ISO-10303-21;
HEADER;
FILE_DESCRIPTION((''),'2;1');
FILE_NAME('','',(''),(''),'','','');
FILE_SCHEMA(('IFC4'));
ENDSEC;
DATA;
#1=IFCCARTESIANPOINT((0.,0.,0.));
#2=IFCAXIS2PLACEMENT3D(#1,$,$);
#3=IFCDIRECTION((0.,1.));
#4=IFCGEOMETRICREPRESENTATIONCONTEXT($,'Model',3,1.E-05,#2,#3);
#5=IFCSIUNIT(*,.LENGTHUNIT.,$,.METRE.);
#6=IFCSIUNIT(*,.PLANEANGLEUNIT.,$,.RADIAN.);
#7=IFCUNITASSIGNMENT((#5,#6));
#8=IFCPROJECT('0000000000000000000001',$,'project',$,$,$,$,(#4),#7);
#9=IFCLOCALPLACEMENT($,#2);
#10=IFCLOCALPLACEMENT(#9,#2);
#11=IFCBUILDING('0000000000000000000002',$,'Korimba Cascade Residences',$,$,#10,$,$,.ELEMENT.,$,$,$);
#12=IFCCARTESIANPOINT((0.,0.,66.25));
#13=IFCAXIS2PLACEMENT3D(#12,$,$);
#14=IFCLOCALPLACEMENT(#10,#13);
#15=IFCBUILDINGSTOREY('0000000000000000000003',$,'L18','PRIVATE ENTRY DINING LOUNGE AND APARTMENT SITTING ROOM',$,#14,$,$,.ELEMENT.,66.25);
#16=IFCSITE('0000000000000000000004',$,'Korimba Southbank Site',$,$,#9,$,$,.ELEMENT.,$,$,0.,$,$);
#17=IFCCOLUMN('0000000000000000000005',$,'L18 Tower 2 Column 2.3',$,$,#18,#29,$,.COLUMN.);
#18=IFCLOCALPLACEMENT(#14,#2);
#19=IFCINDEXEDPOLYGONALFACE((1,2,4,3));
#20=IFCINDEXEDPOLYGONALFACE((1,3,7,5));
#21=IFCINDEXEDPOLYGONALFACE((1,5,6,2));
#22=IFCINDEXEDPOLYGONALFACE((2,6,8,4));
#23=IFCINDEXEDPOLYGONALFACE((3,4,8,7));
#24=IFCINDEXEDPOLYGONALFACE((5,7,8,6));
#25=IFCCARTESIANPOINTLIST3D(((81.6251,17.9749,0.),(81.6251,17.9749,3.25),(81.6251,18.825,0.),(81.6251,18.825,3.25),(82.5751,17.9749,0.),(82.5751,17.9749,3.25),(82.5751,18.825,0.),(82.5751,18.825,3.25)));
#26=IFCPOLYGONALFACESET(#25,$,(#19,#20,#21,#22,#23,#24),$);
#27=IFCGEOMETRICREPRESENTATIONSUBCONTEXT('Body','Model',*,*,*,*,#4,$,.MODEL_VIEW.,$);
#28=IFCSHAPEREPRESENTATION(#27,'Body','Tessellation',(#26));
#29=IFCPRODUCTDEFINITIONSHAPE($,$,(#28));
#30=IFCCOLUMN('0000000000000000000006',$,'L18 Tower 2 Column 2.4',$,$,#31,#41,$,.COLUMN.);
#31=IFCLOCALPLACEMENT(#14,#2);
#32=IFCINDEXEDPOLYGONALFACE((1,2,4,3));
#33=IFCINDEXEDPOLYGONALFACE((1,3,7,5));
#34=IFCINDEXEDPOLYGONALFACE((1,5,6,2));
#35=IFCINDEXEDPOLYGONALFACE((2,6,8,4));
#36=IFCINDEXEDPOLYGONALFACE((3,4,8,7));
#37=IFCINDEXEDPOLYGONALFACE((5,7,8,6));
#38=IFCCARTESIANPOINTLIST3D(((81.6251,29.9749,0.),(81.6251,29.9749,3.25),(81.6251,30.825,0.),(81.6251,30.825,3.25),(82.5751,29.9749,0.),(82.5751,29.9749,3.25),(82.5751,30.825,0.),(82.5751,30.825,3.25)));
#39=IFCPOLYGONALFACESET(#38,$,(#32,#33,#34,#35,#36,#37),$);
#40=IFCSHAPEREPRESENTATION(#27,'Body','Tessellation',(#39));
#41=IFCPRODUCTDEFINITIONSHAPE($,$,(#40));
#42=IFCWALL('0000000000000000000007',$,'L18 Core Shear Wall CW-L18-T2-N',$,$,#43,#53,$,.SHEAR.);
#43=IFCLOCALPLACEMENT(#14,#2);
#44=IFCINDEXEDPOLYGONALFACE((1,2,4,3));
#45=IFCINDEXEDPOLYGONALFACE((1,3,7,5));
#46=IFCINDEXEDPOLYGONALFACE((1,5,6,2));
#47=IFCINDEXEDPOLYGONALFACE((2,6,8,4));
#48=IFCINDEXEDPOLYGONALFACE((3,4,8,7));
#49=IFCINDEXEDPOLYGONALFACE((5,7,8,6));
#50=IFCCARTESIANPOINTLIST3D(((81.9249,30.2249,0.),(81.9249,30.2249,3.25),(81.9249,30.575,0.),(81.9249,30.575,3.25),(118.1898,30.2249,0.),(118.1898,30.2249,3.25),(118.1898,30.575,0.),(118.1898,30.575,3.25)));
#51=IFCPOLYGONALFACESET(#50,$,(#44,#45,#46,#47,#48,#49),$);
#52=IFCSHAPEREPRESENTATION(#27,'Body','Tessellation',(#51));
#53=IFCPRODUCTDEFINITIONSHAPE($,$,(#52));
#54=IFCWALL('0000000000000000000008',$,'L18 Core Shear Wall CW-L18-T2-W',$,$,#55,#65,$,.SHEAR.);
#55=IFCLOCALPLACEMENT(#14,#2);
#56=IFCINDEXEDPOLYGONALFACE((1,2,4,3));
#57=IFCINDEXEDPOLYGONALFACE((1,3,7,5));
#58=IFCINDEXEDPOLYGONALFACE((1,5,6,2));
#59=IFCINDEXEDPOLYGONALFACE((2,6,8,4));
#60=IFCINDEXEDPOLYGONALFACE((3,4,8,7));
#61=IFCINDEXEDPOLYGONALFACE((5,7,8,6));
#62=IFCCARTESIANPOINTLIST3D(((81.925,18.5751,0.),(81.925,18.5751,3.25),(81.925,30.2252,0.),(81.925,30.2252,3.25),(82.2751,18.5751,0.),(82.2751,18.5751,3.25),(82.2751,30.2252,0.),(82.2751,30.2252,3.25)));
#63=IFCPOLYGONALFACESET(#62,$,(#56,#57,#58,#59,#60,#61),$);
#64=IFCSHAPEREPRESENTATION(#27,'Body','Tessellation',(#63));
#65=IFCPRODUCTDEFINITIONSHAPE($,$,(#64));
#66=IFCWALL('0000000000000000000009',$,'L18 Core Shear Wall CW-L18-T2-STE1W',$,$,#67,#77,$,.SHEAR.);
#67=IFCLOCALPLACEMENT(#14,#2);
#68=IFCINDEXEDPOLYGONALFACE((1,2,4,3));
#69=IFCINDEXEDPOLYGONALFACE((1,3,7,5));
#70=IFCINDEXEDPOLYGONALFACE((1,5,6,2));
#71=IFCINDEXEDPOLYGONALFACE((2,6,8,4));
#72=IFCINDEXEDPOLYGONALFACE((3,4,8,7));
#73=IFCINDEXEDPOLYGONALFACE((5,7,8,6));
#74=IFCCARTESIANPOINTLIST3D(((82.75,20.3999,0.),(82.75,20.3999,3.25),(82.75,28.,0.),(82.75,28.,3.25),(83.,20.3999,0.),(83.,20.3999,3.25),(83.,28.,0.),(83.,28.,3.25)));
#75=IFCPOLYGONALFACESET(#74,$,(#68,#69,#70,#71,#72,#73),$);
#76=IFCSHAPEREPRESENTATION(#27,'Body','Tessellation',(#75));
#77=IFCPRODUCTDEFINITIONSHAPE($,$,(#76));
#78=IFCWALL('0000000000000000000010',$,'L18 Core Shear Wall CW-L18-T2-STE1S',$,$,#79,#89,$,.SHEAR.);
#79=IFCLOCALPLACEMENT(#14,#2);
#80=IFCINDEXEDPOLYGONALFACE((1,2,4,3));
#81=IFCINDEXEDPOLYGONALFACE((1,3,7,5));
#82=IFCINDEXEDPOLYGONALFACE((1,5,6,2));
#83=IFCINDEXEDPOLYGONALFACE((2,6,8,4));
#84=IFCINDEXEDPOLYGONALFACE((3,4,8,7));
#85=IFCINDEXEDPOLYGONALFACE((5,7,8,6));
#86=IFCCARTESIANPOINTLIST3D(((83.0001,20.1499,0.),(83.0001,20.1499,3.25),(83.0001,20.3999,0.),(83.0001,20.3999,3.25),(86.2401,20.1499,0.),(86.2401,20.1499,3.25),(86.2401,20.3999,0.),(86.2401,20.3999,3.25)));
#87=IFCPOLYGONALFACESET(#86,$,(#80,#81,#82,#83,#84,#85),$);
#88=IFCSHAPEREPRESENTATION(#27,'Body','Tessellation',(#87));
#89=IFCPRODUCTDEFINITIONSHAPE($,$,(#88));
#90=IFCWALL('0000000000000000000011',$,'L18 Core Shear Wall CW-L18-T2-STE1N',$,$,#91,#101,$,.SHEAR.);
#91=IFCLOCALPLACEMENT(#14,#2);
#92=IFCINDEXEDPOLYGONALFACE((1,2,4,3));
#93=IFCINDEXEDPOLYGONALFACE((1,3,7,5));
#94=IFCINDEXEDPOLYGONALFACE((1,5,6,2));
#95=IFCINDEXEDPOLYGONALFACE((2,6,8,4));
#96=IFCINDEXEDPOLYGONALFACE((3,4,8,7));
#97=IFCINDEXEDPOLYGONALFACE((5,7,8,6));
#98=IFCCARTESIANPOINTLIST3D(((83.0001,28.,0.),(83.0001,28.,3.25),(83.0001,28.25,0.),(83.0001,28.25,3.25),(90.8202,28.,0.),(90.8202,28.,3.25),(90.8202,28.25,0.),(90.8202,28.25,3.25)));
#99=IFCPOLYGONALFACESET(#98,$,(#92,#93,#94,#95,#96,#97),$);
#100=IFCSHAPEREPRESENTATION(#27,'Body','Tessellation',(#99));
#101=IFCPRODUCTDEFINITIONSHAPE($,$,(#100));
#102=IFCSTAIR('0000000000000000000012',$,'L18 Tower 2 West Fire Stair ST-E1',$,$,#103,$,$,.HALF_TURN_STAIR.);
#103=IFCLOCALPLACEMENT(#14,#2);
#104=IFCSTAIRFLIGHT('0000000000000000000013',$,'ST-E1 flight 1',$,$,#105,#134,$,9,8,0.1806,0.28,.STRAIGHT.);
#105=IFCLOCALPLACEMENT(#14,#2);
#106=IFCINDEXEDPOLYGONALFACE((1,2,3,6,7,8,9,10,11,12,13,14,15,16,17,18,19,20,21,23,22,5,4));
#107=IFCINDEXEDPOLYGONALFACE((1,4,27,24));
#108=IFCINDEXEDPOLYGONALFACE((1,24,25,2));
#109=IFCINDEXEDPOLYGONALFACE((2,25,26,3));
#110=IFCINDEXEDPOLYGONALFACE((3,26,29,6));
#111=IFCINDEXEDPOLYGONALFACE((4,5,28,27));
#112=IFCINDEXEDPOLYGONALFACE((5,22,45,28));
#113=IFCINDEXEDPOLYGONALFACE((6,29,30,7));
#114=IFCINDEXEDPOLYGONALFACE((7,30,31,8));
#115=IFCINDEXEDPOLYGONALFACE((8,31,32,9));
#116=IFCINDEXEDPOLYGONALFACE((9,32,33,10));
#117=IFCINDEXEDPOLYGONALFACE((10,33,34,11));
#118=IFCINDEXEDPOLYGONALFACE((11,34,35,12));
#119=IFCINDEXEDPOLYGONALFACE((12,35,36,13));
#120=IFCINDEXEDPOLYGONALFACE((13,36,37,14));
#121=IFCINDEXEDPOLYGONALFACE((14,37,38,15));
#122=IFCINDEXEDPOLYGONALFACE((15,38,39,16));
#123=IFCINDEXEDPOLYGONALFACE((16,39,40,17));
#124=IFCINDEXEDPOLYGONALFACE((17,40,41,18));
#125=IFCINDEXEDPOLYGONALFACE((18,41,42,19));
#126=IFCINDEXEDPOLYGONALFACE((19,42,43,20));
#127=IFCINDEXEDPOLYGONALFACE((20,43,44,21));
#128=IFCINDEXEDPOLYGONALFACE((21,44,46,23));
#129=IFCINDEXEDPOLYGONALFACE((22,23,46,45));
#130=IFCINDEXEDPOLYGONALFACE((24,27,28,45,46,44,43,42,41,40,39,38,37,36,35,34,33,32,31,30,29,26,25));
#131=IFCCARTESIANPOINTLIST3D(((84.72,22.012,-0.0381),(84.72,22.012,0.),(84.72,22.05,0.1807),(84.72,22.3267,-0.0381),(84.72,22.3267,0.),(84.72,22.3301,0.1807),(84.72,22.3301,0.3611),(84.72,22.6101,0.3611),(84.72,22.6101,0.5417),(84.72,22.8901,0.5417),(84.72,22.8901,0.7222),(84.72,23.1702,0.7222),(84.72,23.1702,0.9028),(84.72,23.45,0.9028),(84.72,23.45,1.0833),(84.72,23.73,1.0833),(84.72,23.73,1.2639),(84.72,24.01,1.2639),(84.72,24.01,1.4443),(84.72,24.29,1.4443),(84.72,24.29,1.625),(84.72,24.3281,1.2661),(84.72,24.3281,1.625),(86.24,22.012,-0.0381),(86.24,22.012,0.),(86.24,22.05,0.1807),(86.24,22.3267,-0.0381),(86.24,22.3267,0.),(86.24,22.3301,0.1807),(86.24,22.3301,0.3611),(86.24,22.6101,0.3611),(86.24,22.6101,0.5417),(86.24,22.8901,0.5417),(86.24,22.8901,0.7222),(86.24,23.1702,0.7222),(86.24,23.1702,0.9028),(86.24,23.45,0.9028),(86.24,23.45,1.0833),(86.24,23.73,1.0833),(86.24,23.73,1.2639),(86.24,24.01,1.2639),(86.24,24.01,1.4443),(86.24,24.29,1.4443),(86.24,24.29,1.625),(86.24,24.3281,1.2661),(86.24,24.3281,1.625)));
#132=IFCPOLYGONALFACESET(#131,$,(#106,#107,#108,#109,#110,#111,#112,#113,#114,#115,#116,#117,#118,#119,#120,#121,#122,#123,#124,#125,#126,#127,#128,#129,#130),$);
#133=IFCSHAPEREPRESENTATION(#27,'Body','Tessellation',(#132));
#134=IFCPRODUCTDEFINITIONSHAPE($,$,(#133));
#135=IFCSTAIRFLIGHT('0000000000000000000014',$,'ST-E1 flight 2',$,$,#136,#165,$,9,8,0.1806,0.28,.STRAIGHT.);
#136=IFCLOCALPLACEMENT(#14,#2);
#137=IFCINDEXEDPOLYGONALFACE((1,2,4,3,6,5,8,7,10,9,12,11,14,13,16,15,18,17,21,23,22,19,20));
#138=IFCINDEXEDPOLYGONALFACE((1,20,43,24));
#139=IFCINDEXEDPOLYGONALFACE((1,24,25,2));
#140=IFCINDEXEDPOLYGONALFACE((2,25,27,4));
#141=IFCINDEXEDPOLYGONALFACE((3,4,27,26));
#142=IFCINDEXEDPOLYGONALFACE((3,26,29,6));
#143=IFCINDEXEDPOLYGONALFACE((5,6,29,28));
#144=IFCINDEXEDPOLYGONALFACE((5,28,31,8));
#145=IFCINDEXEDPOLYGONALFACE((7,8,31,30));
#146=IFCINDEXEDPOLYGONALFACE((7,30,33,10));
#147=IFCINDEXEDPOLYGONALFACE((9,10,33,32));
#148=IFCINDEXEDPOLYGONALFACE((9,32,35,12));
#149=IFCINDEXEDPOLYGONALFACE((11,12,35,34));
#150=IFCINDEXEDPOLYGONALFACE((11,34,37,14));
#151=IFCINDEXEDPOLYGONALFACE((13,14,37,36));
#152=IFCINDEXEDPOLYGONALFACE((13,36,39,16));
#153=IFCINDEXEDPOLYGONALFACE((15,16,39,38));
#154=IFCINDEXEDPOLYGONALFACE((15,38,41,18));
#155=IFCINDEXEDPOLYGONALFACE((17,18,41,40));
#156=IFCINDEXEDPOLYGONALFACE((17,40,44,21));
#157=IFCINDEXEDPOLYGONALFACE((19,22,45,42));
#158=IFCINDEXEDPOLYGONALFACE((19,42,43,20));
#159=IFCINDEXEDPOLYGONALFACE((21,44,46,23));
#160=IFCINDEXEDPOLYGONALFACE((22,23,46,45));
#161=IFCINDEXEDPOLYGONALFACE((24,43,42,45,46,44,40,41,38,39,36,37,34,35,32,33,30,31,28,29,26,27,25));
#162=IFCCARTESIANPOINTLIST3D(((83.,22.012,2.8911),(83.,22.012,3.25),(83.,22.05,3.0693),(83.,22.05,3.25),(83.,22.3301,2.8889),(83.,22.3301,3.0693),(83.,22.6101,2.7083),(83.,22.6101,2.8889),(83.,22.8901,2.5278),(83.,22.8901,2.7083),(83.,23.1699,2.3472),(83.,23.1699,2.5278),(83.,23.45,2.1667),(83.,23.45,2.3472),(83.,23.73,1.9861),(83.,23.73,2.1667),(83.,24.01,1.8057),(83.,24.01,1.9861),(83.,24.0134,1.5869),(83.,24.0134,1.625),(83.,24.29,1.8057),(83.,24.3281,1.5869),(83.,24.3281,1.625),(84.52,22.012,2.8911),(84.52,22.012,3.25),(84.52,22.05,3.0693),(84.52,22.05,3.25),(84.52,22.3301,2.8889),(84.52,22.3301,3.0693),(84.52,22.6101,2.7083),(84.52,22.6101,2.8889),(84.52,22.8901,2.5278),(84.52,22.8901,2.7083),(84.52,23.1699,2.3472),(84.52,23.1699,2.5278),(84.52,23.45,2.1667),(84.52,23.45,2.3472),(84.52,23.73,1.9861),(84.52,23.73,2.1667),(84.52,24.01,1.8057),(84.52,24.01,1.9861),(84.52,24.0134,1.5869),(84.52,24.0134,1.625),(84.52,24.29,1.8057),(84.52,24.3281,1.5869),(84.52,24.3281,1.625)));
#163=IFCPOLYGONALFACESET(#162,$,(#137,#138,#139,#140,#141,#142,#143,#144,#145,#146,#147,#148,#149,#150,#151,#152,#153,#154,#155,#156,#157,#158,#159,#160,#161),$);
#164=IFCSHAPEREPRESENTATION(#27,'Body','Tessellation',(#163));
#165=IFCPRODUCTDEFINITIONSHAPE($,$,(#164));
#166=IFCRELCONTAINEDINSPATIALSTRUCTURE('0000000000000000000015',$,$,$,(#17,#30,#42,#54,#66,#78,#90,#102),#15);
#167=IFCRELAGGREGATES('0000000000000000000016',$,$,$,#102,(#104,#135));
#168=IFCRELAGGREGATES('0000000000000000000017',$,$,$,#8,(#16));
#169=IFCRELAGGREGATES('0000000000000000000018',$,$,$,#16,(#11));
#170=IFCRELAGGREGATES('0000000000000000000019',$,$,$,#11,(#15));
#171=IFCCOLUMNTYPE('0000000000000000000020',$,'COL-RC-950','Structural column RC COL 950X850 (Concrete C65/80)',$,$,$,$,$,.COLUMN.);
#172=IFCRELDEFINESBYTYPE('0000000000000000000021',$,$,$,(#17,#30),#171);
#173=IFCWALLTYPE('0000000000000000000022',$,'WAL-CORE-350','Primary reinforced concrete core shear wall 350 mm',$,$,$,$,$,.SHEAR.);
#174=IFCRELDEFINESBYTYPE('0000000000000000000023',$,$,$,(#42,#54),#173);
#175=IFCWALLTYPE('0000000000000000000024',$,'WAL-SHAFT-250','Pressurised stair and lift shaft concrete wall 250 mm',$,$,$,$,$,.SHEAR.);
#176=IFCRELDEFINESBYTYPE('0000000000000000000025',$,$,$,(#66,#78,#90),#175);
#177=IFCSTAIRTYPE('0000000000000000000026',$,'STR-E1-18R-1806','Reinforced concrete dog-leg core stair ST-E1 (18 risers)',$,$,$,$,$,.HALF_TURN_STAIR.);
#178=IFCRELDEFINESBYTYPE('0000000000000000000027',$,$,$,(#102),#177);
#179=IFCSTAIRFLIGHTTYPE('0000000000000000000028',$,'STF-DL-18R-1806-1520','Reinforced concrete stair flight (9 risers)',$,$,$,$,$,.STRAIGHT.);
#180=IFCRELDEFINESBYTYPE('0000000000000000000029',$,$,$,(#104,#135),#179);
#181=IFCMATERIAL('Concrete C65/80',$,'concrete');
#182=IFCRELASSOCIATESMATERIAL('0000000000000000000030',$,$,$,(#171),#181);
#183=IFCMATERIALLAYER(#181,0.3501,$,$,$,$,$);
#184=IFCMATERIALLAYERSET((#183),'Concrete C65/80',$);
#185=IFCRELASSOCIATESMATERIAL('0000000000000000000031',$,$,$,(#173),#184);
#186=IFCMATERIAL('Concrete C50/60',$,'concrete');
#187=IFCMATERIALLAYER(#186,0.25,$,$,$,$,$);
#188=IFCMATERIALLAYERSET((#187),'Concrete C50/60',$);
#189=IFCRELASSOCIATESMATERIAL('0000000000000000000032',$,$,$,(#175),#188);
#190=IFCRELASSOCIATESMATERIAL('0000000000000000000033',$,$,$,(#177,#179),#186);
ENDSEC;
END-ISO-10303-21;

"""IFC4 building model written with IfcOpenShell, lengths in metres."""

from ifc_helpers import new_model, si_unit, direction, frame, frame_2d, origin, origin_2d, place, context, subcontext, project, spatial, polyline, rectangle, outline, extrude, material, layer, layer_set, material_profile, profile_set, type_object, element, aggregate, save


model = new_model("IFC4")

# Units and contexts
model_context = context("Model", 3, precision=1e-05, world=origin(), true_north=direction((0.0, 1.0)))
body_context = subcontext(model_context, "Body", "Model", "MODEL_VIEW")
ifc_project = project(units=[si_unit("LENGTHUNIT", "METRE"), si_unit("PLANEANGLEUNIT", "RADIAN")], contexts=[model_context])

# Site, building, storey
site_placement = place(None, origin())
site = spatial("IfcSite", under=ifc_project, at=site_placement, Name="Korimba Southbank Site", CompositionType="ELEMENT", RefElevation=0.0)
building_placement = place(site_placement, origin())
building = spatial("IfcBuilding", under=site, at=building_placement, Name="Korimba Cascade Residences", CompositionType="ELEMENT")
storey_placement = place(building_placement, frame((0.0, 0.0, 66.25)))
storey = spatial("IfcBuildingStorey", under=building, at=storey_placement, Name="L18", Description="PRIVATE ENTRY DINING LOUNGE AND APARTMENT SITTING ROOM", CompositionType="ELEMENT", Elevation=66.25)

# Columns
ifc_material_1 = material(Name="Concrete C65/80", Category="concrete")
ifc_material_profile = material_profile(ifc_material_1, rectangle(XDim=0.95, YDim=0.8501, at=origin_2d()), Name="Concrete C65/80")
ifc_profile_set = profile_set([ifc_material_profile], Name="Concrete C65/80")
column_type = type_object("IfcColumnType", Name="COL-RC-950", Description="Structural column RC COL 950X850 (Concrete C65/80)", PredefinedType="COLUMN", material=ifc_profile_set)
for number, where, z_axis, x_axis, name in (
    (1, (82.1001, 18.3999, 0.0), (0.0, 0.0, 1.0), (1.0, 0.0, 0.0), "L18 Tower 2 Column 2.3"),
    (2, (82.1001, 30.3999, 0.0), (0.0, 0.0, 1.0), (1.0, 0.0, 0.0), "L18 Tower 2 Column 2.4"),
):
    element("IfcColumn", number, at=place(storey_placement, frame(where, z_axis=z_axis, x_axis=x_axis)), inside=storey, type_object=column_type, Name=name, PredefinedType="COLUMN", context=body_context, shape_type="SweptSolid", body=[
        extrude(rectangle(XDim=0.95, YDim=0.8501, at=origin_2d()), origin(), (0.0, 0.0, 1.0), 3.25),
    ])

# Walls
ifc_layer_1 = layer(ifc_material_1, 0.3501)
ifc_layer_set_1 = layer_set([ifc_layer_1], Name="Concrete C65/80")
wall_type_1 = type_object("IfcWallType", Name="WAL-CORE-350", Description="Primary reinforced concrete core shear wall 350 mm", PredefinedType="SHEAR", material=ifc_layer_set_1)
wall_1_placement = place(storey_placement, frame((81.925, 30.3999, 0.0), z_axis=(0.0, 0.0, 1.0), x_axis=(1.0, 0.0, 0.0)))
element("IfcWall", 3, at=wall_1_placement, inside=storey, type_object=wall_type_1, Name="L18 Core Shear Wall CW-L18-T2-N", PredefinedType="SHEAR", context=body_context, shape_type="SweptSolid", body=[
    extrude(rectangle(XDim=36.2649, YDim=0.3501, at=frame_2d((18.1323, 0.0))), origin(), (0.0, 0.0, 1.0), 3.25),
])
wall_2_placement = place(storey_placement, frame((82.1001, 18.575, 0.0), z_axis=(0.0, 0.0, 1.0), x_axis=(0.0, 1.0, 0.0)))
element("IfcWall", 4, at=wall_2_placement, inside=storey, type_object=wall_type_1, Name="L18 Core Shear Wall CW-L18-T2-W", PredefinedType="SHEAR", context=body_context, shape_type="SweptSolid", body=[
    extrude(rectangle(XDim=11.6501, YDim=0.3501, at=frame_2d((5.8252, 0.0))), origin(), (0.0, 0.0, 1.0), 3.25),
])
ifc_material_2 = material(Name="Concrete C50/60", Category="concrete")
ifc_layer_2 = layer(ifc_material_2, 0.25)
ifc_layer_set_2 = layer_set([ifc_layer_2], Name="Concrete C50/60")
wall_type_2 = type_object("IfcWallType", Name="WAL-SHAFT-250", Description="Pressurised stair and lift shaft concrete wall 250 mm", PredefinedType="SHEAR", material=ifc_layer_set_2)
wall_3_placement = place(storey_placement, frame((82.875, 20.3999, 0.0), z_axis=(0.0, 0.0, 1.0), x_axis=(0.0, 1.0, 0.0)))
element("IfcWall", 5, at=wall_3_placement, inside=storey, type_object=wall_type_2, Name="L18 Core Shear Wall CW-L18-T2-STE1W", PredefinedType="SHEAR", context=body_context, shape_type="SweptSolid", body=[
    extrude(rectangle(XDim=7.6001, YDim=0.25, at=frame_2d((3.8, 0.0))), origin(), (0.0, 0.0, 1.0), 3.25),
])
wall_4_placement = place(storey_placement, frame((83.0, 20.2749, 0.0), z_axis=(0.0, 0.0, 1.0), x_axis=(1.0, 0.0, 0.0)))
element("IfcWall", 6, at=wall_4_placement, inside=storey, type_object=wall_type_2, Name="L18 Core Shear Wall CW-L18-T2-STE1S", PredefinedType="SHEAR", context=body_context, shape_type="SweptSolid", body=[
    extrude(rectangle(XDim=3.24, YDim=0.25, at=frame_2d((1.6201, 0.0))), origin(), (0.0, 0.0, 1.0), 3.25),
])
wall_5_placement = place(storey_placement, frame((83.0, 28.125, 0.0), z_axis=(0.0, 0.0, 1.0), x_axis=(1.0, 0.0, 0.0)))
element("IfcWall", 7, at=wall_5_placement, inside=storey, type_object=wall_type_2, Name="L18 Core Shear Wall CW-L18-T2-STE1N", PredefinedType="SHEAR", context=body_context, shape_type="SweptSolid", body=[
    extrude(rectangle(XDim=7.8201, YDim=0.25, at=frame_2d((3.9102, 0.0))), origin(), (0.0, 0.0, 1.0), 3.25),
])

# Stair, stair flights
stair_type = type_object("IfcStairType", Name="STR-E1-18R-1806", Description="Reinforced concrete dog-leg core stair ST-E1 (18 risers)", PredefinedType="HALF_TURN_STAIR", material=ifc_material_2)
stair_placement = place(storey_placement, origin())
stair = element("IfcStair", 8, at=stair_placement, inside=storey, type_object=stair_type, Name="L18 Tower 2 West Fire Stair ST-E1", PredefinedType="HALF_TURN_STAIR")
stair_flight_type = type_object("IfcStairFlightType", Name="STF-DL-18R-1806-1520", Description="Reinforced concrete stair flight (9 risers)", PredefinedType="STRAIGHT", material=ifc_material_2)
stair_flight_1_placement = place(storey_placement, frame((85.48, 22.05, 0.0), z_axis=(0.0, 0.0, 1.0), x_axis=(0.0, 1.0, 0.0)))
stair_flight_1 = element("IfcStairFlight", 9, at=stair_flight_1_placement, type_object=stair_flight_type, Name="ST-E1 flight 1", NumberOfRisers=9, NumberOfTreads=8, PredefinedType="STRAIGHT", RiserHeight=0.1806, TreadLength=0.28, context=body_context, shape_type="SweptSolid", body=[
    extrude(outline(polyline([(-0.0381, 0.0), (0.0, 0.1807), (0.28, 0.1807), (0.28, 0.3611), (0.5601, 0.3611), (0.5601, 0.5417), (0.8401, 0.5417), (0.8401, 0.7222), (1.1201, 0.7222), (1.1201, 0.9028), (1.3999, 0.9028), (1.3999, 1.0833), (1.6799, 1.0833), (1.6799, 1.2639), (1.96, 1.2639), (1.96, 1.4443), (2.24, 1.4443), (2.24, 1.625), (2.2781, 1.625), (2.2781, 1.2661), (0.2766, 0.0), (0.2766, -0.0381), (-0.0381, -0.0381), (-0.0381, 0.0)])), frame((0.0, 0.76, 0.0), z_axis=(0.0, -1.0, 0.0), x_axis=(1.0, 0.0, 0.0)), (0.0, 0.0, 1.0), 1.52),
])
stair_flight_2_placement = place(storey_placement, frame((83.76, 24.29, 1.625), z_axis=(0.0, 0.0, 1.0), x_axis=(0.0, -1.0, 0.0)))
stair_flight_2 = element("IfcStairFlight", 10, at=stair_flight_2_placement, type_object=stair_flight_type, Name="ST-E1 flight 2", NumberOfRisers=9, NumberOfTreads=8, PredefinedType="STRAIGHT", RiserHeight=0.1806, TreadLength=0.28, context=body_context, shape_type="SweptSolid", body=[
    extrude(outline(polyline([(-0.0381, 0.0), (0.0, 0.1807), (0.28, 0.1807), (0.28, 0.3611), (0.5601, 0.3611), (0.5601, 0.5417), (0.8401, 0.5417), (0.8401, 0.7222), (1.1201, 0.7222), (1.1201, 0.9028), (1.3999, 0.9028), (1.3999, 1.0833), (1.6799, 1.0833), (1.6799, 1.2639), (1.96, 1.2639), (1.96, 1.4443), (2.24, 1.4443), (2.24, 1.625), (2.2781, 1.625), (2.2781, 1.2661), (0.2766, 0.0), (0.2766, -0.0381), (-0.0381, -0.0381), (-0.0381, 0.0)])), frame((0.0, 0.76, 0.0), z_axis=(0.0, -1.0, 0.0), x_axis=(1.0, 0.0, 0.0)), (0.0, 0.0, 1.0), 1.52),
])
aggregate(stair, [stair_flight_1, stair_flight_2])

save(model, "model.ifc")
